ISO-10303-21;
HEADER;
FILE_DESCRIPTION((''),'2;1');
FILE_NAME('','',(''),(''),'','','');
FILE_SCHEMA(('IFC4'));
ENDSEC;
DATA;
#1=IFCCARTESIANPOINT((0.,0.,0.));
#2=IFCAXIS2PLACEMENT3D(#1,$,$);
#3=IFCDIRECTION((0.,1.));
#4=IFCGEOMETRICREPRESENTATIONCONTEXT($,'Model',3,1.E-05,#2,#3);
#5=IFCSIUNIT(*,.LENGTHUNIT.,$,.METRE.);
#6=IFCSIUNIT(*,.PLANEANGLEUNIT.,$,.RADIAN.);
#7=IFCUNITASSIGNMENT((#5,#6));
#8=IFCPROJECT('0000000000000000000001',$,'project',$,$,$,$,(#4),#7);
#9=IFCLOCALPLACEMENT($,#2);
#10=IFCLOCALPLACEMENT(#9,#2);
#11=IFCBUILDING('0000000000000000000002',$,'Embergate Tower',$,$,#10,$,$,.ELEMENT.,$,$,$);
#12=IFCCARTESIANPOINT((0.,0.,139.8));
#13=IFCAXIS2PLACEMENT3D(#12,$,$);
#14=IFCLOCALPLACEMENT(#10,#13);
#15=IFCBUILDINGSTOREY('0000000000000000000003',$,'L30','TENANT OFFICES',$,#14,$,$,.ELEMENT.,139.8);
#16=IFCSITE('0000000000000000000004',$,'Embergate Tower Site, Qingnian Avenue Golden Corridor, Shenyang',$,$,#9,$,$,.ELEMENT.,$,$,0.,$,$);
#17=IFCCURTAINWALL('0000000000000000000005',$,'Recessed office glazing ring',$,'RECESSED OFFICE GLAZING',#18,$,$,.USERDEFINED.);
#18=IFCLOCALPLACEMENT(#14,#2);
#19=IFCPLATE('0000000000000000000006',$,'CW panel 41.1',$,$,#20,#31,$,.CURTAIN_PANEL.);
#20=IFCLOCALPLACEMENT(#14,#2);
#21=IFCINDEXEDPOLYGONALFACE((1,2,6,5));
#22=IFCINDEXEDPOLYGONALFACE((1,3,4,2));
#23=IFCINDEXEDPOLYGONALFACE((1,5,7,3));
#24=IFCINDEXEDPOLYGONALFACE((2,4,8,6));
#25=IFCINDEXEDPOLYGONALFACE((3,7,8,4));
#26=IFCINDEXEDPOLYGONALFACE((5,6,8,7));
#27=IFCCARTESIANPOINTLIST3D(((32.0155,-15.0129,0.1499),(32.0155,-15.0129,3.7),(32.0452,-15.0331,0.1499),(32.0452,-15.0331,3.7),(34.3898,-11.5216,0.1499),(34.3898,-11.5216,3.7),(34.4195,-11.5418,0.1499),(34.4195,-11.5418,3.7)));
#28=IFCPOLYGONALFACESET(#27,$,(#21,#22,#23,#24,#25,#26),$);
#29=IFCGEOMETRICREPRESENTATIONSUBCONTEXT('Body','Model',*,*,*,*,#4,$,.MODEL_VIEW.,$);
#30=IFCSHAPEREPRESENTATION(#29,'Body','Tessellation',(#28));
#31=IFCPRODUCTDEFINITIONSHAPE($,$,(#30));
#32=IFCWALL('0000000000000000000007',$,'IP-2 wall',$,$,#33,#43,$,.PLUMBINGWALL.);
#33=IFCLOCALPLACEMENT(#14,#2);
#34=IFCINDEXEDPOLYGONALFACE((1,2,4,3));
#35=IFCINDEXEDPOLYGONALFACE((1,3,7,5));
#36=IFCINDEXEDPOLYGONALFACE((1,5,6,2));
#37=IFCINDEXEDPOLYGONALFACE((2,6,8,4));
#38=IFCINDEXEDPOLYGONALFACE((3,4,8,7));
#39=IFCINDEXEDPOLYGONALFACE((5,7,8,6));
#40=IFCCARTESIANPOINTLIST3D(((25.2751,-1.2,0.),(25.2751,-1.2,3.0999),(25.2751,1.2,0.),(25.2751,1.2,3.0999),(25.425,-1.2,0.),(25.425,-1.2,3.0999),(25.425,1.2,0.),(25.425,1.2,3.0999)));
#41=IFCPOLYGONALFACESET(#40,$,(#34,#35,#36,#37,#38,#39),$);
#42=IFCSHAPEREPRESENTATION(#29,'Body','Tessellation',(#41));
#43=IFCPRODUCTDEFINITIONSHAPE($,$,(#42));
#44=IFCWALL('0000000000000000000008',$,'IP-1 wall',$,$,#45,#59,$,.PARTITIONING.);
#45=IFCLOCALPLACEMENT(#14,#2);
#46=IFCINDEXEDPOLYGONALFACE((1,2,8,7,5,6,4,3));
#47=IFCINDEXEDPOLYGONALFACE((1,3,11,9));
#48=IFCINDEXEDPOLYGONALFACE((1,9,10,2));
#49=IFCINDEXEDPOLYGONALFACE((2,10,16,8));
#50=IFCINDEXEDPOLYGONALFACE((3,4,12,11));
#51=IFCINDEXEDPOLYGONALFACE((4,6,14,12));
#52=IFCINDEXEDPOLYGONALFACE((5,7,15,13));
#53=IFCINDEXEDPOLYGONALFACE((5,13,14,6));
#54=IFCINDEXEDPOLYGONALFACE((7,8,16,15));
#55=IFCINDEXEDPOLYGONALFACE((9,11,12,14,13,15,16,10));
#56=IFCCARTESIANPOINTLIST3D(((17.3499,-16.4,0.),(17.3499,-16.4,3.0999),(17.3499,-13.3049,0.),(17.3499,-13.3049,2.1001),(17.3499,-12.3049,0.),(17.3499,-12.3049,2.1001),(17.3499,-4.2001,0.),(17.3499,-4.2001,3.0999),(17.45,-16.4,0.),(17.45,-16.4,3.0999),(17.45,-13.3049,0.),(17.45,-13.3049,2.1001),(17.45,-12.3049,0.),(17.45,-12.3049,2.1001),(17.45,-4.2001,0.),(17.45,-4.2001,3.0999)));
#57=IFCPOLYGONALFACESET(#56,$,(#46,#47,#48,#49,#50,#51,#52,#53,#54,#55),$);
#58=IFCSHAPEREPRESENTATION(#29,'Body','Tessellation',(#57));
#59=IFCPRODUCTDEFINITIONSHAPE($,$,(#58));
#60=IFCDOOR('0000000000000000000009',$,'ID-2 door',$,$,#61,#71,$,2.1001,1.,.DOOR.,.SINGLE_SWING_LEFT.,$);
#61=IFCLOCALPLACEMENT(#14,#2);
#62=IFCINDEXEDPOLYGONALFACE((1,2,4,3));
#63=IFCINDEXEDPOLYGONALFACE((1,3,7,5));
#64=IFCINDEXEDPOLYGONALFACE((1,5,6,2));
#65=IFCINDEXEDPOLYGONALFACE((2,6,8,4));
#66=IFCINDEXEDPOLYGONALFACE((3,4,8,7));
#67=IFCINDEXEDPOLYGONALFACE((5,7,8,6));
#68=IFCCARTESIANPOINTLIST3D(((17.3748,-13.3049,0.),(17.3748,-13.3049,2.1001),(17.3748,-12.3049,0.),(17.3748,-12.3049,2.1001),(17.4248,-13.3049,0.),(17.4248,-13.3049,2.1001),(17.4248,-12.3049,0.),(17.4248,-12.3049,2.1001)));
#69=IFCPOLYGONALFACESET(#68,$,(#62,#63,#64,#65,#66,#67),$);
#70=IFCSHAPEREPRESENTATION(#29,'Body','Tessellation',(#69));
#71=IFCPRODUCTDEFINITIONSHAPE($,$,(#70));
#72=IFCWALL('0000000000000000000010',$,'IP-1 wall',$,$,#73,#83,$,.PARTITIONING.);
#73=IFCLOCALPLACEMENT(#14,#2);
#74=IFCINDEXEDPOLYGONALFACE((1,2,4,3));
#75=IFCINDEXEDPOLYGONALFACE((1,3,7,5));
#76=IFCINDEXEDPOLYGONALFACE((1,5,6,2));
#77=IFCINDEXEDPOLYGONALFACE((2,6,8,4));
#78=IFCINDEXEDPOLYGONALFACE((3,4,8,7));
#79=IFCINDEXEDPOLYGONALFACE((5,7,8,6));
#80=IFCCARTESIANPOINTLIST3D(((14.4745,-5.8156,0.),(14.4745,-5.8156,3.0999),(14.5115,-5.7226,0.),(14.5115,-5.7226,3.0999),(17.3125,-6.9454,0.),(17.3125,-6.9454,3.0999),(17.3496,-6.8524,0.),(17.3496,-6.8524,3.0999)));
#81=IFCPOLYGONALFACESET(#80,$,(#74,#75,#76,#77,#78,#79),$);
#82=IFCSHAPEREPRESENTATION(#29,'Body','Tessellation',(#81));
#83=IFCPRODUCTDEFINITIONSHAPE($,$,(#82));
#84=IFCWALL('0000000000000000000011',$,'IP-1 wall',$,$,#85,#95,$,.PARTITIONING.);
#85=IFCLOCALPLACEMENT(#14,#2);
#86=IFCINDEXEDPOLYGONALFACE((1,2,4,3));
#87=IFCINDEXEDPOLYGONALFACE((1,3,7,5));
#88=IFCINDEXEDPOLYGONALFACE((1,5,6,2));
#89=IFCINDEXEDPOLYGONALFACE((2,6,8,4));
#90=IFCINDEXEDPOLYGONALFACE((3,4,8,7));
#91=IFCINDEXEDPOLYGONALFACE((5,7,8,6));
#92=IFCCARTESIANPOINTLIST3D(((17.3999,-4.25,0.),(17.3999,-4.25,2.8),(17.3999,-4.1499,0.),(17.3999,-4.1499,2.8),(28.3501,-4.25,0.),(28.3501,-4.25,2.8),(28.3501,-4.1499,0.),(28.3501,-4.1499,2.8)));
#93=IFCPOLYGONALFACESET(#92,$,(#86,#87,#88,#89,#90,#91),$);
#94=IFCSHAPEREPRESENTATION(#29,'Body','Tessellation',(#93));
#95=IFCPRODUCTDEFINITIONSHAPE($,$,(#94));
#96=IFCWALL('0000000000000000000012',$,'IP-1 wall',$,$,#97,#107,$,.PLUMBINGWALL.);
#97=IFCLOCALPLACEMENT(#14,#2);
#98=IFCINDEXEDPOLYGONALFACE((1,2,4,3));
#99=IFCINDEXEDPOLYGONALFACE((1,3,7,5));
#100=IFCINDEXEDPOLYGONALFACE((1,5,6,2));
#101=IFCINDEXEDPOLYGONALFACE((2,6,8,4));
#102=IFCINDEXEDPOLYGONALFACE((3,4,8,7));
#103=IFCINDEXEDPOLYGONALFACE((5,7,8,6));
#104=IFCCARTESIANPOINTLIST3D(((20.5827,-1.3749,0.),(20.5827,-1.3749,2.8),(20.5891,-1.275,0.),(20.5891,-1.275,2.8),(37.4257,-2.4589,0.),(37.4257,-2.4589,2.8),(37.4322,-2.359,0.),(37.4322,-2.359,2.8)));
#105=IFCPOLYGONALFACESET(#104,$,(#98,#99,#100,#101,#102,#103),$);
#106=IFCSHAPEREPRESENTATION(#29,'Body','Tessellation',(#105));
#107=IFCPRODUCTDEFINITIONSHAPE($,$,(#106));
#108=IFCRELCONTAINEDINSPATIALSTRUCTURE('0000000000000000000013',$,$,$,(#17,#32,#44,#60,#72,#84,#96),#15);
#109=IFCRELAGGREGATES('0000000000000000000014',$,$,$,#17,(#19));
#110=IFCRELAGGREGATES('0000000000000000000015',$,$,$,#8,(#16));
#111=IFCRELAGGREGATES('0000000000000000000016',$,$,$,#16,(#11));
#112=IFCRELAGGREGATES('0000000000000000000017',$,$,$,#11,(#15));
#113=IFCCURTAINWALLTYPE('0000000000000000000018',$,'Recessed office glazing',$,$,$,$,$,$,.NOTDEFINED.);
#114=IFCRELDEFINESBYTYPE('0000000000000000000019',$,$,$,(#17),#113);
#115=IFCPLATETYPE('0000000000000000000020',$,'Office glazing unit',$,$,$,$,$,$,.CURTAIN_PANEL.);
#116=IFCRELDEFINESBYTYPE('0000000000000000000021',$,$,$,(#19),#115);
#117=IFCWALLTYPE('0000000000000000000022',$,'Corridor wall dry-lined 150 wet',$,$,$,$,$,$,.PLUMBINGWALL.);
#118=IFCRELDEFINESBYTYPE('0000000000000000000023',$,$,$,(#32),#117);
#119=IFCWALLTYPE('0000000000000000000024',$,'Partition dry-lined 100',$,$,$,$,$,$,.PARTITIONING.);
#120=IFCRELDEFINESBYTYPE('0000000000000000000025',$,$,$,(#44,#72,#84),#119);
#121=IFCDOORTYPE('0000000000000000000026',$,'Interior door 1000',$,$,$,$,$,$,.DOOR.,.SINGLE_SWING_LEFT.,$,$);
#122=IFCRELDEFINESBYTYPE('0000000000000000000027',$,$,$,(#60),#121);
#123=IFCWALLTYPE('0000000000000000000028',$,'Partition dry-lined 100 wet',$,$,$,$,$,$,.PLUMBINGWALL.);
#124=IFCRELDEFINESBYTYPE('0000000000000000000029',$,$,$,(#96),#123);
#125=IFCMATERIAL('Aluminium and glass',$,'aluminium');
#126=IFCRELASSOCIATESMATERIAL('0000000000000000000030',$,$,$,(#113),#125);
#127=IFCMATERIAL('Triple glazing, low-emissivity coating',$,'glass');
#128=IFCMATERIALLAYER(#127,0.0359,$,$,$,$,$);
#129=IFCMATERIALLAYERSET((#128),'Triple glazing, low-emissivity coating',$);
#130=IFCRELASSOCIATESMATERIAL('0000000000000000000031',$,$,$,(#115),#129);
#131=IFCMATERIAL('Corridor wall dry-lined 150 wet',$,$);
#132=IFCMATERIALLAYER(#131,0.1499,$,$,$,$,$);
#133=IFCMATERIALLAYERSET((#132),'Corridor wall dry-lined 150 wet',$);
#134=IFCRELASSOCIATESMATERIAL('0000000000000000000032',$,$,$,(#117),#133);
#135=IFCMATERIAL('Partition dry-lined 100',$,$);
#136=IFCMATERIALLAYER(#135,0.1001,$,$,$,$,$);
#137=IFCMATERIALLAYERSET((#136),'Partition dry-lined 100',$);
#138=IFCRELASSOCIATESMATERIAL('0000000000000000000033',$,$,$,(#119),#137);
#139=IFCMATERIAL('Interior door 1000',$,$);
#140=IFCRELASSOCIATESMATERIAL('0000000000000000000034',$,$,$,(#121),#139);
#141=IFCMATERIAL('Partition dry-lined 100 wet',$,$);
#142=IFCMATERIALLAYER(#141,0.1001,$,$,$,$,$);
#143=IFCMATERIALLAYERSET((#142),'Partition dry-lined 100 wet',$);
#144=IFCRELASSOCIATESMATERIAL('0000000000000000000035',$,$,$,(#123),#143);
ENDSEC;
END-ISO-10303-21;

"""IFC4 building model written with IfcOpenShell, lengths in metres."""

from ifc_helpers import new_model, si_unit, direction, frame, frame_2d, origin, origin_2d, place, context, subcontext, project, spatial, rectangle, extrude, source, transform, mapped, material, layer, layer_set, type_object, element, fill, aggregate, save


model = new_model("IFC4")

# Units and contexts
model_context = context("Model", 3, precision=1e-05, world=origin(), true_north=direction((0.0, 1.0)))
body_context = subcontext(model_context, "Body", "Model", "MODEL_VIEW")
ifc_project = project(units=[si_unit("LENGTHUNIT", "METRE"), si_unit("PLANEANGLEUNIT", "RADIAN")], contexts=[model_context])

# Site, building, storey
site_placement = place(None, origin())
site = spatial("IfcSite", under=ifc_project, at=site_placement, Name="Embergate Tower Site, Qingnian Avenue Golden Corridor, Shenyang", CompositionType="ELEMENT", RefElevation=0.0)
building_placement = place(site_placement, origin())
building = spatial("IfcBuilding", under=site, at=building_placement, Name="Embergate Tower", CompositionType="ELEMENT")
storey_placement = place(building_placement, frame((0.0, 0.0, 139.8)))
storey = spatial("IfcBuildingStorey", under=building, at=storey_placement, Name="L30", Description="TENANT OFFICES", CompositionType="ELEMENT", Elevation=139.8)

# Curtain wall, plate
ifc_material_1 = material(Name="Aluminium and glass", Category="aluminium")
curtain_wall_type = type_object("IfcCurtainWallType", Name="Recessed office glazing", PredefinedType="NOTDEFINED", material=ifc_material_1)
curtain_wall_placement = place(storey_placement, origin())
curtain_wall = element("IfcCurtainWall", 1, at=curtain_wall_placement, inside=storey, type_object=curtain_wall_type, Name="Recessed office glazing ring", ObjectType="RECESSED OFFICE GLAZING", PredefinedType="USERDEFINED")
ifc_material_2 = material(Name="Triple glazing, low-emissivity coating", Category="glass")
ifc_layer_1 = layer(ifc_material_2, 0.0359)
ifc_layer_set_1 = layer_set([ifc_layer_1], Name="Triple glazing, low-emissivity coating")
plate_type = type_object("IfcPlateType", Name="Office glazing unit", PredefinedType="CURTAIN_PANEL", material=ifc_layer_set_1)
shared_shape_1 = source(origin(), body_context, "Body", "SweptSolid", [
    extrude(rectangle(XDim=4.2222, YDim=0.0359, at=origin_2d()), origin(), (0.0, 0.0, 1.0), 3.55),
])
plate_1_placement = place(storey_placement, frame((33.2175, -13.2773, 0.1499), z_axis=(0.0, 0.0, 1.0), x_axis=(0.562345, 0.826903, 0.0)))
plate_1 = element("IfcPlate", 2, at=plate_1_placement, type_object=plate_type, Name="CW panel 41.1", PredefinedType="CURTAIN_PANEL", context=body_context, shape_type="MappedRepresentation", body=[
    mapped(shared_shape_1, transform((0.0, 0.0, 0.0))),
])
aggregate(curtain_wall, [plate_1])

# Wall
ifc_material_3 = material(Name="Corridor wall dry-lined 150 wet")
ifc_layer_2 = layer(ifc_material_3, 0.1499)
ifc_layer_set_2 = layer_set([ifc_layer_2], Name="Corridor wall dry-lined 150 wet")
wall_type_1 = type_object("IfcWallType", Name="Corridor wall dry-lined 150 wet", PredefinedType="PLUMBINGWALL", material=ifc_layer_set_2)
shared_shape_2 = source(origin(), body_context, "Body", "SweptSolid", [
    extrude(rectangle(XDim=2.3999, YDim=0.1499, at=frame_2d((1.2, 0.0))), origin(), (0.0, 0.0, 1.0), 3.0999),
])
wall_1_placement = place(storey_placement, frame((25.3501, -1.2, 0.0), z_axis=(0.0, 0.0, 1.0), x_axis=(0.0, 1.0, 0.0)))
element("IfcWall", 3, at=wall_1_placement, inside=storey, type_object=wall_type_1, Name="IP-2 wall", PredefinedType="PLUMBINGWALL", context=body_context, shape_type="MappedRepresentation", body=[
    mapped(shared_shape_2, transform((0.0, 0.0, 0.0))),
])

# Wall, opening, door
ifc_material_4 = material(Name="Partition dry-lined 100")
ifc_layer_3 = layer(ifc_material_4, 0.1001)
ifc_layer_set_3 = layer_set([ifc_layer_3], Name="Partition dry-lined 100")
wall_type_2 = type_object("IfcWallType", Name="Partition dry-lined 100", PredefinedType="PARTITIONING", material=ifc_layer_set_3)
shared_shape_3 = source(origin(), body_context, "Body", "SweptSolid", [
    extrude(rectangle(XDim=12.2, YDim=0.1001, at=frame_2d((6.1001, 0.0))), origin(), (0.0, 0.0, 1.0), 3.0999),
])
wall_2_placement = place(storey_placement, frame((17.3999, -4.2, 0.0), z_axis=(0.0, 0.0, 1.0), x_axis=(0.0, -1.0, 0.0)))
wall_2 = element("IfcWall", 4, at=wall_2_placement, inside=storey, type_object=wall_type_2, Name="IP-1 wall", PredefinedType="PARTITIONING", context=body_context, shape_type="MappedRepresentation", body=[
    mapped(shared_shape_3, transform((0.0, 0.0, 0.0))),
])
shared_shape_4 = source(origin(), body_context, "Body", "SweptSolid", [
    extrude(rectangle(XDim=1.0, YDim=2.1001, at=frame_2d((0.5, 1.05))), frame((0.0, 0.0601, 0.0), z_axis=(0.0, -1.0, 0.0), x_axis=(1.0, 0.0, 0.0)), (0.0, 0.0, 1.0), 0.1201),
])
opening_placement = place(wall_2_placement, frame((8.105, 0.0, 0.0)))
opening = element("IfcOpeningElement", 5, at=opening_placement, cuts=wall_2, PredefinedType="OPENING", context=body_context, shape_type="MappedRepresentation", body=[
    mapped(shared_shape_4, transform((0.0, 0.0, 0.0))),
])
ifc_material_5 = material(Name="Interior door 1000")
door_type = type_object("IfcDoorType", Name="Interior door 1000", OperationType="SINGLE_SWING_LEFT", PredefinedType="DOOR", material=ifc_material_5)
shared_shape_5 = source(origin(), body_context, "Body", "SweptSolid", [
    extrude(rectangle(XDim=1.0, YDim=2.1001, at=frame_2d((0.5, 1.05))), frame((0.0, 0.0249, 0.0), z_axis=(0.0, -1.0, 0.0), x_axis=(1.0, 0.0, 0.0)), (0.0, 0.0, 1.0), 0.05),
])
door_placement = place(opening_placement, origin())
door = element("IfcDoor", 6, at=door_placement, inside=storey, type_object=door_type, Name="ID-2 door", OperationType="SINGLE_SWING_LEFT", OverallHeight=2.1001, OverallWidth=1.0, PredefinedType="DOOR", context=body_context, shape_type="MappedRepresentation", body=[
    mapped(shared_shape_5, transform((0.0, 0.0, 0.0))),
])
fill(opening, door)

# Walls
shared_shape_6 = source(origin(), body_context, "Body", "SweptSolid", [
    extrude(rectangle(XDim=3.0547, YDim=0.1001, at=frame_2d((1.5273, 0.0))), origin(), (0.0, 0.0, 1.0), 3.0999),
])
wall_3_placement = place(storey_placement, frame((17.3311, -6.8989, 0.0), z_axis=(0.0, 0.0, 1.0), x_axis=(-0.929082, 0.369874, 0.0)))
element("IfcWall", 7, at=wall_3_placement, inside=storey, type_object=wall_type_2, Name="IP-1 wall", PredefinedType="PARTITIONING", context=body_context, shape_type="MappedRepresentation", body=[
    mapped(shared_shape_6, transform((0.0, 0.0, 0.0))),
])
shared_shape_7 = source(origin(), body_context, "Body", "SweptSolid", [
    extrude(rectangle(XDim=10.9502, YDim=0.1001, at=frame_2d((5.4751, 0.0))), origin(), (0.0, 0.0, 1.0), 2.8),
])
wall_4_placement = place(storey_placement, frame((28.3501, -4.2, 0.0), z_axis=(0.0, 0.0, 1.0), x_axis=(-1.0, 0.0, 0.0)))
element("IfcWall", 8, at=wall_4_placement, inside=storey, type_object=wall_type_2, Name="IP-1 wall", PredefinedType="PARTITIONING", context=body_context, shape_type="MappedRepresentation", body=[
    mapped(shared_shape_7, transform((0.0, 0.0, 0.0))),
])
ifc_material_6 = material(Name="Partition dry-lined 100 wet")
ifc_layer_4 = layer(ifc_material_6, 0.1001)
ifc_layer_set_4 = layer_set([ifc_layer_4], Name="Partition dry-lined 100 wet")
wall_type_3 = type_object("IfcWallType", Name="Partition dry-lined 100 wet", PredefinedType="PLUMBINGWALL", material=ifc_layer_set_4)
shared_shape_8 = source(origin(), body_context, "Body", "SweptSolid", [
    extrude(rectangle(XDim=16.8779, YDim=0.1001, at=frame_2d((8.439, 0.0))), origin(), (0.0, 0.0, 1.0), 2.8),
])
wall_5_placement = place(storey_placement, frame((37.429, -2.4089, 0.0), z_axis=(0.0, 0.0, 1.0), x_axis=(-0.997935, 0.064225, 0.0)))
element("IfcWall", 9, at=wall_5_placement, inside=storey, type_object=wall_type_3, Name="IP-1 wall", PredefinedType="PLUMBINGWALL", context=body_context, shape_type="MappedRepresentation", body=[
    mapped(shared_shape_8, transform((0.0, 0.0, 0.0))),
])

save(model, "model.ifc")
